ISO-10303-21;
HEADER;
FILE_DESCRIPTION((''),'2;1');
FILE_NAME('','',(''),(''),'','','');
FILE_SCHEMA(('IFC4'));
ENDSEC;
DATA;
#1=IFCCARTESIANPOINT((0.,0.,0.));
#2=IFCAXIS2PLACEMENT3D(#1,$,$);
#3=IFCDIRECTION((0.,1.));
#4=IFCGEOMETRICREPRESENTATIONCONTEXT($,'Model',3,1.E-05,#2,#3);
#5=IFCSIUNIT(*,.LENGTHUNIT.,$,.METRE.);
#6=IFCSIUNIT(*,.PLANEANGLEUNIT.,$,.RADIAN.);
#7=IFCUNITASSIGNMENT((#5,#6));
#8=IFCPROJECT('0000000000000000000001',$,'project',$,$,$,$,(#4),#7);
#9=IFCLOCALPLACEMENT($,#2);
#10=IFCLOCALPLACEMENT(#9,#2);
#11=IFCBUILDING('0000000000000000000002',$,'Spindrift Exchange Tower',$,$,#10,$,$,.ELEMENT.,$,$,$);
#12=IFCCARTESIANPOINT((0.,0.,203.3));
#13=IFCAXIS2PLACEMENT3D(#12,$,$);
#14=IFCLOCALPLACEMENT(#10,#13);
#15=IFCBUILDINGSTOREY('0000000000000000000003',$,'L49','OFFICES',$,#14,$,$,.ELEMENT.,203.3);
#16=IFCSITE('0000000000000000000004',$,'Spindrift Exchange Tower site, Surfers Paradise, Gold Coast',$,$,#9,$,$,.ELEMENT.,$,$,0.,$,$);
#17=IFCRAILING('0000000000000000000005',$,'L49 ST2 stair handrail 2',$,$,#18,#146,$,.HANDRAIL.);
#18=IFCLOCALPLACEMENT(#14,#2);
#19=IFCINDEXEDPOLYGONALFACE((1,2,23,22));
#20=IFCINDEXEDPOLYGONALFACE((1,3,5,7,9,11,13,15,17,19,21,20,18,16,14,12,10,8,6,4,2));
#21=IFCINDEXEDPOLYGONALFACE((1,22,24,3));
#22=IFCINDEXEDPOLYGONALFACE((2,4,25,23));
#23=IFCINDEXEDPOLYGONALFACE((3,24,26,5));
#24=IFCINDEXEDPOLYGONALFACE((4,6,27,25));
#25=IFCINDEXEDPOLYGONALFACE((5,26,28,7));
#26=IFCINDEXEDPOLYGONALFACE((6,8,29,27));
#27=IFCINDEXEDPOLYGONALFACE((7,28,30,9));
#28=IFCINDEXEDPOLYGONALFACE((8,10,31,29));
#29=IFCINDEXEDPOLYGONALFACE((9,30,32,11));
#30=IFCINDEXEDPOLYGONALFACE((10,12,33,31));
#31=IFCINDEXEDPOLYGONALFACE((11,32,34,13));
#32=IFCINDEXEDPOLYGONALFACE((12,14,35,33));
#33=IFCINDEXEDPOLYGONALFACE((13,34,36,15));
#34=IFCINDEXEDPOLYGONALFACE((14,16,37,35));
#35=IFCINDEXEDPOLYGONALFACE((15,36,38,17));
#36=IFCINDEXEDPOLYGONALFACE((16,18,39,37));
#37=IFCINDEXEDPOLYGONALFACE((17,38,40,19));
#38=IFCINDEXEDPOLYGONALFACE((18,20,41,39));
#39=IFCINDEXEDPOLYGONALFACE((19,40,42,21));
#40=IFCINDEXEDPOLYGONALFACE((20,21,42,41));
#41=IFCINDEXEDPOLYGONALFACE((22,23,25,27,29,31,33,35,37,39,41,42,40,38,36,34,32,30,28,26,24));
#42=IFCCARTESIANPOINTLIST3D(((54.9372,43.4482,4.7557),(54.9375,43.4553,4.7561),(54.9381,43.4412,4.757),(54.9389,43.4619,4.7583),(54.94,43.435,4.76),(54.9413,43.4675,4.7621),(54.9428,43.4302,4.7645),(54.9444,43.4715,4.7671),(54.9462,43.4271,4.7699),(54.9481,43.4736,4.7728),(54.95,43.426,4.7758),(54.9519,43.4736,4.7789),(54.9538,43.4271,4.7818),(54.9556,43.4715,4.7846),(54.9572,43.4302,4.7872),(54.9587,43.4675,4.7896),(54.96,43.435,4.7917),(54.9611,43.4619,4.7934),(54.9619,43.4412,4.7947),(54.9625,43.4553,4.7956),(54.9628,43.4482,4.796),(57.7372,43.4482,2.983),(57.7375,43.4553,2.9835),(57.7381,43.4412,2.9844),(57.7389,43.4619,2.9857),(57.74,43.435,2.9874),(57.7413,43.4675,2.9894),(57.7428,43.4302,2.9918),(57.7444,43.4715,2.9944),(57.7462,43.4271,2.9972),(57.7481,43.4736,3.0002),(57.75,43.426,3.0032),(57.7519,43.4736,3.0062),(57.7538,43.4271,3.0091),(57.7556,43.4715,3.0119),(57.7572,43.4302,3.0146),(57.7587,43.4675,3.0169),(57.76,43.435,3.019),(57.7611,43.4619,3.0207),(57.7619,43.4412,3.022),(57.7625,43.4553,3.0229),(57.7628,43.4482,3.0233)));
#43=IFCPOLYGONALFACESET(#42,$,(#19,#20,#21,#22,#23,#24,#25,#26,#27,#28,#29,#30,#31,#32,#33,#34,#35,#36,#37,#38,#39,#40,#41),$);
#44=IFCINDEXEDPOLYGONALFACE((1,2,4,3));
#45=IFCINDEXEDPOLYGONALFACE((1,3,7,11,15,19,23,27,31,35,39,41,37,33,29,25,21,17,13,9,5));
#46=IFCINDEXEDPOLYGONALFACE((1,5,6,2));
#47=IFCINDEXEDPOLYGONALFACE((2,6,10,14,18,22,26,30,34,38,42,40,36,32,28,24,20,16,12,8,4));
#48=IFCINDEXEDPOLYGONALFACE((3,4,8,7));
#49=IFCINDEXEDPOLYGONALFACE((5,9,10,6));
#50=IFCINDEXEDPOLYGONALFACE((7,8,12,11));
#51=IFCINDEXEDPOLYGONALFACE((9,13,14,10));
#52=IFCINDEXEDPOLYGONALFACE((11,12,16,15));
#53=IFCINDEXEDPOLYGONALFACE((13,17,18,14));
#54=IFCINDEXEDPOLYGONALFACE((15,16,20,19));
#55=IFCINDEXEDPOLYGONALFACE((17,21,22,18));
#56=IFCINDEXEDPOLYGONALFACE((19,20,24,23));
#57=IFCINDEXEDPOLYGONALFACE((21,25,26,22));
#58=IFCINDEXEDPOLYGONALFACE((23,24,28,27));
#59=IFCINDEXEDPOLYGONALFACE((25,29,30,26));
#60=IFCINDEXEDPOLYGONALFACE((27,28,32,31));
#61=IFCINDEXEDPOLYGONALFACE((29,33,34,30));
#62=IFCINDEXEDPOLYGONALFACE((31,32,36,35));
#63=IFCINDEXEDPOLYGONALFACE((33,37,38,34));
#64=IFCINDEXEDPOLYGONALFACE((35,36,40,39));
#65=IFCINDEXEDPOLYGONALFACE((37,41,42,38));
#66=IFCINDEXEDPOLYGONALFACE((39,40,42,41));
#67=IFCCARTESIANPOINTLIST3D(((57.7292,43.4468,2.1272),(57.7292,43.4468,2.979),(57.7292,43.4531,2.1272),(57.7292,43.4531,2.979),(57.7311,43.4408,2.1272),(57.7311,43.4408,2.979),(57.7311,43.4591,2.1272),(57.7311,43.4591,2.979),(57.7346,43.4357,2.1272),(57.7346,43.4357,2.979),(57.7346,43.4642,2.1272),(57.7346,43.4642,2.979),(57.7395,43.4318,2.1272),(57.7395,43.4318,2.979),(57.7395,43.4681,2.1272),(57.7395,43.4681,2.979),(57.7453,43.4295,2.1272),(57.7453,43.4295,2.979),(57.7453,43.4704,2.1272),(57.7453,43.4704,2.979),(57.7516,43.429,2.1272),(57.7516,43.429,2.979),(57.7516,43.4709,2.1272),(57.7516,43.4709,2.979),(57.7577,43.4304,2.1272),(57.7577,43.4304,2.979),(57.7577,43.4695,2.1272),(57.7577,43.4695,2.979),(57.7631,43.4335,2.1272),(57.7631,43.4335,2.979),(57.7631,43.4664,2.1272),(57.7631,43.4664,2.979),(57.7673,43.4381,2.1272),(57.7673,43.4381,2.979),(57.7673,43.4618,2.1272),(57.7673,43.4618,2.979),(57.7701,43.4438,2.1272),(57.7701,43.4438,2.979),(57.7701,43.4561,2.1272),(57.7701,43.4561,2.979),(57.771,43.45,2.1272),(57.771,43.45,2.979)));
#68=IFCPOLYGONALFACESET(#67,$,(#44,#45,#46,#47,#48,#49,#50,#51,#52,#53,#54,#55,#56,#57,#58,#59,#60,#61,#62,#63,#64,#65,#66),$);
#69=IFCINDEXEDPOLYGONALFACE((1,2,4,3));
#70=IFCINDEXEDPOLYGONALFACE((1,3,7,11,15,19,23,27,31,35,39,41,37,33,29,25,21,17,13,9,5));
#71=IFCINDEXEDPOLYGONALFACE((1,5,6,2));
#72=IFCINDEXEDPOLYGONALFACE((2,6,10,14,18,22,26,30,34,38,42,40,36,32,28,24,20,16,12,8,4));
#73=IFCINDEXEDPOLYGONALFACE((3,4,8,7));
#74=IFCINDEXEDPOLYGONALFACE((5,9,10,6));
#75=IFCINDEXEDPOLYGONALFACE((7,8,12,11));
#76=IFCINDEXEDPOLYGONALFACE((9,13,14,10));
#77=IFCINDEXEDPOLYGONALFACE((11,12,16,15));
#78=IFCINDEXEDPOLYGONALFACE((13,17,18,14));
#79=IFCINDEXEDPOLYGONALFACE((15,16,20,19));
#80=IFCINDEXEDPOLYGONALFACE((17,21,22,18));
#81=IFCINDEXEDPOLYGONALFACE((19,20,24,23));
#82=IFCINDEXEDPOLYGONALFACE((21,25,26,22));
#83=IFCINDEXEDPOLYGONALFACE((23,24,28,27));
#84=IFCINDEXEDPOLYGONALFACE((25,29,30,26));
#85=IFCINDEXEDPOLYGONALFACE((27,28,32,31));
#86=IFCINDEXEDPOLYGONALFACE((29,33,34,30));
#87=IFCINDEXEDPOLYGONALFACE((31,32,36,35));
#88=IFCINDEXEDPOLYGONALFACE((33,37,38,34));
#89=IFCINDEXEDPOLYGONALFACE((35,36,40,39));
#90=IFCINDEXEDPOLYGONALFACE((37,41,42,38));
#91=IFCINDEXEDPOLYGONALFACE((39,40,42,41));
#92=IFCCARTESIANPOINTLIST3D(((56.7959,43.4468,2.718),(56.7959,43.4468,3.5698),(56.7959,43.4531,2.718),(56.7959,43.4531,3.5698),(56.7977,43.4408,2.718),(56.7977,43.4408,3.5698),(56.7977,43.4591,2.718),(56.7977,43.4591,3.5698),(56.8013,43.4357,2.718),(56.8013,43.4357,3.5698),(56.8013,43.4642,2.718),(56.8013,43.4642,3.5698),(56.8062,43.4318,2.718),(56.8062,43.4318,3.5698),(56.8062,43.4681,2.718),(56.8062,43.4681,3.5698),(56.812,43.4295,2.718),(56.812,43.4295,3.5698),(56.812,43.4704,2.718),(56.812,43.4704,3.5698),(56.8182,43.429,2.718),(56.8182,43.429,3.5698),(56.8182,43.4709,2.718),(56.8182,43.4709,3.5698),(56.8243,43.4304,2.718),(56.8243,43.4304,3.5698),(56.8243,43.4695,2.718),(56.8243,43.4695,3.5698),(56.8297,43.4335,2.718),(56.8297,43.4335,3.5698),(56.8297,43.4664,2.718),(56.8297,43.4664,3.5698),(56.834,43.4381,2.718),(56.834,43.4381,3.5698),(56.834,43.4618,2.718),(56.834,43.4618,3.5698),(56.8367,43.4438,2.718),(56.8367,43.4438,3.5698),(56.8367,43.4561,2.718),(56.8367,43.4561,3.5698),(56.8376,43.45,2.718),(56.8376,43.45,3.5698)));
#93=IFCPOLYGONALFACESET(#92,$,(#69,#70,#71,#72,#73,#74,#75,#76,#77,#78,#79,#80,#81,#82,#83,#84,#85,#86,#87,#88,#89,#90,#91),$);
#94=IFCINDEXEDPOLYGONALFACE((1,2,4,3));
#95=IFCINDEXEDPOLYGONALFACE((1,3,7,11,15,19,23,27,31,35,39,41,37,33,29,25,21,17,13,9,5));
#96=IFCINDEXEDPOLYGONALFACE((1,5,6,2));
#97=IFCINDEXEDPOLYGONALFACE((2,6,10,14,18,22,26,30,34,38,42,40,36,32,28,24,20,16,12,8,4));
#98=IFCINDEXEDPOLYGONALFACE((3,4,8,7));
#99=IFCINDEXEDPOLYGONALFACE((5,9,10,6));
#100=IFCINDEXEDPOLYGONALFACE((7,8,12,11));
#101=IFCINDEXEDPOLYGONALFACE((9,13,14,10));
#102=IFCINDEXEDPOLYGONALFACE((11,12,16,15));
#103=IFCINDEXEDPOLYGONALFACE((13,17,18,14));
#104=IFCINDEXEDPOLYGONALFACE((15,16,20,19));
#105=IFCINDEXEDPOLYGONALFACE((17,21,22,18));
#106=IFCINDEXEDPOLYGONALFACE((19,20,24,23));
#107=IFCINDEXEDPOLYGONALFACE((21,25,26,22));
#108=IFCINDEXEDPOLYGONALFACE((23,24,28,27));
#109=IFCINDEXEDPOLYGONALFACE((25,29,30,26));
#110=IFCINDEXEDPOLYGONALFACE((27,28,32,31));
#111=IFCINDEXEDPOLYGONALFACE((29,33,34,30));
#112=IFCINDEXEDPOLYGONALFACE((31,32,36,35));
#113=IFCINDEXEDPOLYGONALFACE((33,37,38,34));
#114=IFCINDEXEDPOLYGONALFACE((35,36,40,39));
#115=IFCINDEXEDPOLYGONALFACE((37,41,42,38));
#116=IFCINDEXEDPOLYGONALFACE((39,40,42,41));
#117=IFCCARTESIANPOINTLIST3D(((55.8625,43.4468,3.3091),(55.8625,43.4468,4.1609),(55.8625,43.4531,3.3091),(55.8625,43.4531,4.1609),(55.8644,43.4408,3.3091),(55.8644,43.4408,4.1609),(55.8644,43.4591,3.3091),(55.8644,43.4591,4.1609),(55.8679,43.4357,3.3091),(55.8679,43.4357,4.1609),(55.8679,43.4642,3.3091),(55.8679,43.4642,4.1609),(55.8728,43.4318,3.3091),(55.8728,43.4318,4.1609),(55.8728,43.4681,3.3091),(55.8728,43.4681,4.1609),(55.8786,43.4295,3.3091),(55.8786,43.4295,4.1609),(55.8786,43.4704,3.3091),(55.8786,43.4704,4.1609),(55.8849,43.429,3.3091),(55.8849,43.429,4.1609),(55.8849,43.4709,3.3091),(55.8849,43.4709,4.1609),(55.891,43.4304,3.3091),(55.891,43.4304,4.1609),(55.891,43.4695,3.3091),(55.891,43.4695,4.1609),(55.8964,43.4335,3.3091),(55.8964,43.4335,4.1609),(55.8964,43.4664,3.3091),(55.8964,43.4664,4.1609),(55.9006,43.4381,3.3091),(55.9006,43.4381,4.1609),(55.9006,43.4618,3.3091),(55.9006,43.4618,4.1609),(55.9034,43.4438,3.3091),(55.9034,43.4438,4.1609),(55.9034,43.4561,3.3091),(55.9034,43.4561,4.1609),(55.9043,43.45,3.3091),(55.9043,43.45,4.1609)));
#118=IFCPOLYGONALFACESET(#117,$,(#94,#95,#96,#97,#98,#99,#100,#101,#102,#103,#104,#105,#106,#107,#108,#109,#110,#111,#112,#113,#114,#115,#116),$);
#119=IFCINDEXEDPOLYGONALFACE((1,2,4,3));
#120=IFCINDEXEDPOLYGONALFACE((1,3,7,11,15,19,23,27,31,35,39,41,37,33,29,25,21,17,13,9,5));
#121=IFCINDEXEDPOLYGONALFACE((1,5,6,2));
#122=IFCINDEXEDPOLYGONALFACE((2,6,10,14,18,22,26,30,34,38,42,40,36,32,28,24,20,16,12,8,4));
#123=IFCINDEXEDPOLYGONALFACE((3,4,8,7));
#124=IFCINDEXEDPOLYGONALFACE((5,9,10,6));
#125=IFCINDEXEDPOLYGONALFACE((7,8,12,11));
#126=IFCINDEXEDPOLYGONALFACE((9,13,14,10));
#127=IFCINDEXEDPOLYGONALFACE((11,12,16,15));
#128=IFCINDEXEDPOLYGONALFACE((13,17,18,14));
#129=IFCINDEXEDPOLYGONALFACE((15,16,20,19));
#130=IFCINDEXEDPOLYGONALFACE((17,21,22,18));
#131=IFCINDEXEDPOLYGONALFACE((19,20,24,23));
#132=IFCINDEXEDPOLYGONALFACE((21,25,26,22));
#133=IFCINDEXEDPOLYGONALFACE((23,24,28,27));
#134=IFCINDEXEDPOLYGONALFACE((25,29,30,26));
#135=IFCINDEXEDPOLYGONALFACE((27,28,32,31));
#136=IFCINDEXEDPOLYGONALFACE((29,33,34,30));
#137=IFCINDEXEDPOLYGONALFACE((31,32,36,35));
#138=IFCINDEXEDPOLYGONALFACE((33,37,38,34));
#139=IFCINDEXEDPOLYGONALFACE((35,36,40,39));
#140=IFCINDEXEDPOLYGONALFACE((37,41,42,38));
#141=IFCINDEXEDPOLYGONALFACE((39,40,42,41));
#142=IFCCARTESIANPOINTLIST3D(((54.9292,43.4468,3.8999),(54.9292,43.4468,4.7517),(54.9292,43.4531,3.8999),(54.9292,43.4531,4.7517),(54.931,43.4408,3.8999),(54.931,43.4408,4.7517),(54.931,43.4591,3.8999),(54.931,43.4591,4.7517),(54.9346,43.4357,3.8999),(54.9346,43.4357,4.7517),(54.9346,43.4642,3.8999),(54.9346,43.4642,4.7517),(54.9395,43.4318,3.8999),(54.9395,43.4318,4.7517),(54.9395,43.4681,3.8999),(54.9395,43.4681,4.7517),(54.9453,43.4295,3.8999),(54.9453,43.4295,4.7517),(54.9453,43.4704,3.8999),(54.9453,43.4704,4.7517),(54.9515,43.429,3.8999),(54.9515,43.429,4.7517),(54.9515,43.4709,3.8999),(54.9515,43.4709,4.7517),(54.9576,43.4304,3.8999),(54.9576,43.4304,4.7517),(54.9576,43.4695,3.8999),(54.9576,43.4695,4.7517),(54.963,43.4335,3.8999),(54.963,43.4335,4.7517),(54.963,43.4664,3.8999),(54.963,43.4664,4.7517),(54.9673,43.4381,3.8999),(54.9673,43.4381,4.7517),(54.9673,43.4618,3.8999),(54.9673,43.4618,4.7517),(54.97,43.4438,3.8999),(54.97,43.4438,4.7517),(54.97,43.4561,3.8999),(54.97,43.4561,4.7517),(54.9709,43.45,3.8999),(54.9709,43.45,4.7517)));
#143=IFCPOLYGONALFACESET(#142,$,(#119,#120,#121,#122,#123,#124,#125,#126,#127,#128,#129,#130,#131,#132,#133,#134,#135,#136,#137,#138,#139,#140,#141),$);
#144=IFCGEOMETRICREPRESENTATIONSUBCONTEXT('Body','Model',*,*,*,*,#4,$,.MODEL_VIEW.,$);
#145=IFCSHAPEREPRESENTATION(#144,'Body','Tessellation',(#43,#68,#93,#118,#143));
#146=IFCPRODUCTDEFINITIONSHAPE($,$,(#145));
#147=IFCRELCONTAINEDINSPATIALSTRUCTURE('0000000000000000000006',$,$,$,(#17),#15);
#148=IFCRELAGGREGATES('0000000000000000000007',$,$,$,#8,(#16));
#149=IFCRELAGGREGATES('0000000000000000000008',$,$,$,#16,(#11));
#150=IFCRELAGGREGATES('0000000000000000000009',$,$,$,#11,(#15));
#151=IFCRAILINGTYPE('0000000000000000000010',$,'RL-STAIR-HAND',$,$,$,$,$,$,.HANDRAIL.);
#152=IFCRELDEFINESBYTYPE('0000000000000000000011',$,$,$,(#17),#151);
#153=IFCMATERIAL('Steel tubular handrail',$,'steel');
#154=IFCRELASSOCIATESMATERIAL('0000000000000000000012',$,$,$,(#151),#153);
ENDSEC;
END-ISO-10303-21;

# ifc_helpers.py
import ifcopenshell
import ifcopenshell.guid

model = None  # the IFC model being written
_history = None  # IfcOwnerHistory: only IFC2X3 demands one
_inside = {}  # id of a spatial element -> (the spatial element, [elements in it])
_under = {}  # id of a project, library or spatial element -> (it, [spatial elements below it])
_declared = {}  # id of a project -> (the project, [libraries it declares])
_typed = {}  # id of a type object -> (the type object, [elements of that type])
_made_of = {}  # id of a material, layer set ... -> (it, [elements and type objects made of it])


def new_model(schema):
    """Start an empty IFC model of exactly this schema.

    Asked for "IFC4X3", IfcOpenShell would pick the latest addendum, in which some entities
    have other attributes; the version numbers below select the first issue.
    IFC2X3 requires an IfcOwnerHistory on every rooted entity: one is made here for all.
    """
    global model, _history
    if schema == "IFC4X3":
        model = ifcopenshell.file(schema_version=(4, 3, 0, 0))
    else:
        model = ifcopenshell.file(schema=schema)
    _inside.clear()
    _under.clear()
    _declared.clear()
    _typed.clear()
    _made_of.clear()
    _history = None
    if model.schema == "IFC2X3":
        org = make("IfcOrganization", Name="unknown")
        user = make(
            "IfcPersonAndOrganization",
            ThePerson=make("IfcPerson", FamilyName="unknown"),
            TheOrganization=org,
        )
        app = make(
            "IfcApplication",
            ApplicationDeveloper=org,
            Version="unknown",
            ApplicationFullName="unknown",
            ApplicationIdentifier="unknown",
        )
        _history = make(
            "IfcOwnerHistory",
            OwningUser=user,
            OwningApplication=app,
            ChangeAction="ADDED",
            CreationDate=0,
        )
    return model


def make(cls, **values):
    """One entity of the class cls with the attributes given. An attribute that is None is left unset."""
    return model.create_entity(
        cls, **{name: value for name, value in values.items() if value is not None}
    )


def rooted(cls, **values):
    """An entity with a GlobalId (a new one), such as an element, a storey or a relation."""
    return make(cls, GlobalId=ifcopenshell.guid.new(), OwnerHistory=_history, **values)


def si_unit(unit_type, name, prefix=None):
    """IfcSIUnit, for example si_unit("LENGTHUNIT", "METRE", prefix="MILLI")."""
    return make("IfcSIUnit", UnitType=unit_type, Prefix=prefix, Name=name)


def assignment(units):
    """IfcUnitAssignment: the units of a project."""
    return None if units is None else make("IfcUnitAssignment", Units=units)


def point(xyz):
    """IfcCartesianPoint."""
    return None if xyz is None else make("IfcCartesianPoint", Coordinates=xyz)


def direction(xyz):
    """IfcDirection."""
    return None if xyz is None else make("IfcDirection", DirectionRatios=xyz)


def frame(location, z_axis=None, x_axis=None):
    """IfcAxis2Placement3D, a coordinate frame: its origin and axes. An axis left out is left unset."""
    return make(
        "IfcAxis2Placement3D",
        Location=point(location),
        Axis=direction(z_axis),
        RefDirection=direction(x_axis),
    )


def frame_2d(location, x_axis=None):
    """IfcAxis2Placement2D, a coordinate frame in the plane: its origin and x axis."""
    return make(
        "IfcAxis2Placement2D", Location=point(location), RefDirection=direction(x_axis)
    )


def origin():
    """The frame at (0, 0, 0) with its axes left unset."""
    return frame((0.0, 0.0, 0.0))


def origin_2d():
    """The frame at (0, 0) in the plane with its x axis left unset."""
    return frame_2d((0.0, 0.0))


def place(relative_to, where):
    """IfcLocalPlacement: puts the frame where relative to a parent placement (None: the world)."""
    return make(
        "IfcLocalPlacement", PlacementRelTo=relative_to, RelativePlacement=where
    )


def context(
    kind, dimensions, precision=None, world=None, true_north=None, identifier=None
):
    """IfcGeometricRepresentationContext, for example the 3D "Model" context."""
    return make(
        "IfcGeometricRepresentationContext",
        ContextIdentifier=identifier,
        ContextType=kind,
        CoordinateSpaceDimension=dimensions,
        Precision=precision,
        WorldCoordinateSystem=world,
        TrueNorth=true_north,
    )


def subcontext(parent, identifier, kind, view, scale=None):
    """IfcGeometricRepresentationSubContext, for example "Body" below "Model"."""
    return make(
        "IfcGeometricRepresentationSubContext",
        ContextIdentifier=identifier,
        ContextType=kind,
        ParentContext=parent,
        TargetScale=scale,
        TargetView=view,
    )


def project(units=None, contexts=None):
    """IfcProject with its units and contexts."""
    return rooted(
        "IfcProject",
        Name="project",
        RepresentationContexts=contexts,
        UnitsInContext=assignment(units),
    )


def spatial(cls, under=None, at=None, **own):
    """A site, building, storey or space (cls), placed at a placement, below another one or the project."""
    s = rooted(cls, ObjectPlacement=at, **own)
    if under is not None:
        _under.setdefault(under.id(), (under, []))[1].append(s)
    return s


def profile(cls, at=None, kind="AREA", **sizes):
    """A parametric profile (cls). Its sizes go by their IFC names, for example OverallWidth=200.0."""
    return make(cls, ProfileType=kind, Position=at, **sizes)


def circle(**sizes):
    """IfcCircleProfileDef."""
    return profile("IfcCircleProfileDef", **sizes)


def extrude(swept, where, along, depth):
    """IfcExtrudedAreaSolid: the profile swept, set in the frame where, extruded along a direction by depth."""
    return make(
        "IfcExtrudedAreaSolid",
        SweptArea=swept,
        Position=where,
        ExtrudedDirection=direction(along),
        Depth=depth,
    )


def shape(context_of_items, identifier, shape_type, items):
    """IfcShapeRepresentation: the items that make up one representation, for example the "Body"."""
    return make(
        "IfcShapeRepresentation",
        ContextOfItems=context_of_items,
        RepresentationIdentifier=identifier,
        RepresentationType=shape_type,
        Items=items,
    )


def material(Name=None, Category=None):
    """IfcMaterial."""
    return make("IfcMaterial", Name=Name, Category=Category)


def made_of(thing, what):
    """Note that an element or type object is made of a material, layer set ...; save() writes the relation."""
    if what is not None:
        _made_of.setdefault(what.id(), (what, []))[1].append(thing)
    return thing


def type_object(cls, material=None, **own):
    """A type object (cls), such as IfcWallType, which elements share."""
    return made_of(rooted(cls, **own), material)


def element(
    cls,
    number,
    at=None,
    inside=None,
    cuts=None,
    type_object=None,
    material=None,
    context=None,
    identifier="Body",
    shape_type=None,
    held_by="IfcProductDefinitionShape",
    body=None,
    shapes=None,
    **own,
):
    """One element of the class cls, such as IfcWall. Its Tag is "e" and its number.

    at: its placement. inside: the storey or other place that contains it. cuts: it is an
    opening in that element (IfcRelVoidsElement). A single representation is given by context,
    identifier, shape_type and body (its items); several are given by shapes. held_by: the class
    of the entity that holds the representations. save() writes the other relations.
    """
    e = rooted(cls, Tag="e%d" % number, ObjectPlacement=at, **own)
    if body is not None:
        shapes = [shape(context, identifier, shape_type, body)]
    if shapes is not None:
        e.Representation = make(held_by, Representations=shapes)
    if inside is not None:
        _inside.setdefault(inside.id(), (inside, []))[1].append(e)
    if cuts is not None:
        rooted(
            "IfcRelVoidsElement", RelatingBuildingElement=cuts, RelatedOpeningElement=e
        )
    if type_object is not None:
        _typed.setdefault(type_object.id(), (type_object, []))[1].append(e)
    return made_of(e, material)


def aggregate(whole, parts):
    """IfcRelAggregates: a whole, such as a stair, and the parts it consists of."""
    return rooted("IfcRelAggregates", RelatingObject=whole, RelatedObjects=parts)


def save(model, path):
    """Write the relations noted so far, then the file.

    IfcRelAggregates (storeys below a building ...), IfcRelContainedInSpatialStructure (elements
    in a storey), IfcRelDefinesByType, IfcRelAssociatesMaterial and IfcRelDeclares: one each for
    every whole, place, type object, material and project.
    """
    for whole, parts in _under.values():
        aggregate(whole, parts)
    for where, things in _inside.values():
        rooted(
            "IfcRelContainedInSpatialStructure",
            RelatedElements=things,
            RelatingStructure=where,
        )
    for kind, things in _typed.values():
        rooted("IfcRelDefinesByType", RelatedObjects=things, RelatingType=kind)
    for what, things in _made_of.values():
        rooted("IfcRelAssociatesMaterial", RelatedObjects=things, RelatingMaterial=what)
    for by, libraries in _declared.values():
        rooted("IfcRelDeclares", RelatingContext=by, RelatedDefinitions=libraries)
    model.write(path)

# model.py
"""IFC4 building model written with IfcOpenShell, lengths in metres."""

from ifc_helpers import new_model, si_unit, direction, frame, origin, origin_2d, place, context, subcontext, project, spatial, circle, extrude, material, type_object, element, save


model = new_model("IFC4")

# Units and contexts
model_context = context("Model", 3, precision=1e-05, world=origin(), true_north=direction((0.0, 1.0)))
body_context = subcontext(model_context, "Body", "Model", "MODEL_VIEW")
ifc_project = project(units=[si_unit("LENGTHUNIT", "METRE"), si_unit("PLANEANGLEUNIT", "RADIAN")], contexts=[model_context])

# Site, building, storey
site_placement = place(None, origin())
site = spatial("IfcSite", under=ifc_project, at=site_placement, Name="Spindrift Exchange Tower site, Surfers Paradise, Gold Coast", CompositionType="ELEMENT", RefElevation=0.0)
building_placement = place(site_placement, origin())
building = spatial("IfcBuilding", under=site, at=building_placement, Name="Spindrift Exchange Tower", CompositionType="ELEMENT")
storey_placement = place(building_placement, frame((0.0, 0.0, 203.3)))
storey = spatial("IfcBuildingStorey", under=building, at=storey_placement, Name="L49", Description="OFFICES", CompositionType="ELEMENT", Elevation=203.3)

# Railing
ifc_material_1 = material(Name="Steel tubular handrail", Category="steel")
railing_type_1 = type_object("IfcRailingType", Name="RL-STAIR-HAND", PredefinedType="HANDRAIL", material=ifc_material_1)
railing_1_placement = place(storey_placement, frame((57.75, 43.45, 2.1272)))
element("IfcRailing", 1, at=railing_1_placement, inside=storey, type_object=railing_type_1, Name="L49 ST2 stair handrail 2", PredefinedType="HANDRAIL", context=body_context, shape_type="SweptSolid", body=[
    extrude(circle(Radius=0.0239, at=origin_2d()), frame((0.0, 0.0, 0.876), z_axis=(-0.844909, 0.0, 0.53491), x_axis=(0.0, -1.0, 0.0)), (0.0, 0.0, 1.0), 3.314),
    extrude(circle(Radius=0.021, at=origin_2d()), origin(), (0.0, 0.0, 1.0), 0.8518),
    extrude(circle(Radius=0.021, at=origin_2d()), frame((-0.9333, 0.0, 0.5908)), (0.0, 0.0, 1.0), 0.8518),
    extrude(circle(Radius=0.021, at=origin_2d()), frame((-1.8667, 0.0, 1.1819)), (0.0, 0.0, 1.0), 0.8518),
    extrude(circle(Radius=0.021, at=origin_2d()), frame((-2.8, 0.0, 1.7727)), (0.0, 0.0, 1.0), 0.8518),
])

save(model, "model.ifc")
